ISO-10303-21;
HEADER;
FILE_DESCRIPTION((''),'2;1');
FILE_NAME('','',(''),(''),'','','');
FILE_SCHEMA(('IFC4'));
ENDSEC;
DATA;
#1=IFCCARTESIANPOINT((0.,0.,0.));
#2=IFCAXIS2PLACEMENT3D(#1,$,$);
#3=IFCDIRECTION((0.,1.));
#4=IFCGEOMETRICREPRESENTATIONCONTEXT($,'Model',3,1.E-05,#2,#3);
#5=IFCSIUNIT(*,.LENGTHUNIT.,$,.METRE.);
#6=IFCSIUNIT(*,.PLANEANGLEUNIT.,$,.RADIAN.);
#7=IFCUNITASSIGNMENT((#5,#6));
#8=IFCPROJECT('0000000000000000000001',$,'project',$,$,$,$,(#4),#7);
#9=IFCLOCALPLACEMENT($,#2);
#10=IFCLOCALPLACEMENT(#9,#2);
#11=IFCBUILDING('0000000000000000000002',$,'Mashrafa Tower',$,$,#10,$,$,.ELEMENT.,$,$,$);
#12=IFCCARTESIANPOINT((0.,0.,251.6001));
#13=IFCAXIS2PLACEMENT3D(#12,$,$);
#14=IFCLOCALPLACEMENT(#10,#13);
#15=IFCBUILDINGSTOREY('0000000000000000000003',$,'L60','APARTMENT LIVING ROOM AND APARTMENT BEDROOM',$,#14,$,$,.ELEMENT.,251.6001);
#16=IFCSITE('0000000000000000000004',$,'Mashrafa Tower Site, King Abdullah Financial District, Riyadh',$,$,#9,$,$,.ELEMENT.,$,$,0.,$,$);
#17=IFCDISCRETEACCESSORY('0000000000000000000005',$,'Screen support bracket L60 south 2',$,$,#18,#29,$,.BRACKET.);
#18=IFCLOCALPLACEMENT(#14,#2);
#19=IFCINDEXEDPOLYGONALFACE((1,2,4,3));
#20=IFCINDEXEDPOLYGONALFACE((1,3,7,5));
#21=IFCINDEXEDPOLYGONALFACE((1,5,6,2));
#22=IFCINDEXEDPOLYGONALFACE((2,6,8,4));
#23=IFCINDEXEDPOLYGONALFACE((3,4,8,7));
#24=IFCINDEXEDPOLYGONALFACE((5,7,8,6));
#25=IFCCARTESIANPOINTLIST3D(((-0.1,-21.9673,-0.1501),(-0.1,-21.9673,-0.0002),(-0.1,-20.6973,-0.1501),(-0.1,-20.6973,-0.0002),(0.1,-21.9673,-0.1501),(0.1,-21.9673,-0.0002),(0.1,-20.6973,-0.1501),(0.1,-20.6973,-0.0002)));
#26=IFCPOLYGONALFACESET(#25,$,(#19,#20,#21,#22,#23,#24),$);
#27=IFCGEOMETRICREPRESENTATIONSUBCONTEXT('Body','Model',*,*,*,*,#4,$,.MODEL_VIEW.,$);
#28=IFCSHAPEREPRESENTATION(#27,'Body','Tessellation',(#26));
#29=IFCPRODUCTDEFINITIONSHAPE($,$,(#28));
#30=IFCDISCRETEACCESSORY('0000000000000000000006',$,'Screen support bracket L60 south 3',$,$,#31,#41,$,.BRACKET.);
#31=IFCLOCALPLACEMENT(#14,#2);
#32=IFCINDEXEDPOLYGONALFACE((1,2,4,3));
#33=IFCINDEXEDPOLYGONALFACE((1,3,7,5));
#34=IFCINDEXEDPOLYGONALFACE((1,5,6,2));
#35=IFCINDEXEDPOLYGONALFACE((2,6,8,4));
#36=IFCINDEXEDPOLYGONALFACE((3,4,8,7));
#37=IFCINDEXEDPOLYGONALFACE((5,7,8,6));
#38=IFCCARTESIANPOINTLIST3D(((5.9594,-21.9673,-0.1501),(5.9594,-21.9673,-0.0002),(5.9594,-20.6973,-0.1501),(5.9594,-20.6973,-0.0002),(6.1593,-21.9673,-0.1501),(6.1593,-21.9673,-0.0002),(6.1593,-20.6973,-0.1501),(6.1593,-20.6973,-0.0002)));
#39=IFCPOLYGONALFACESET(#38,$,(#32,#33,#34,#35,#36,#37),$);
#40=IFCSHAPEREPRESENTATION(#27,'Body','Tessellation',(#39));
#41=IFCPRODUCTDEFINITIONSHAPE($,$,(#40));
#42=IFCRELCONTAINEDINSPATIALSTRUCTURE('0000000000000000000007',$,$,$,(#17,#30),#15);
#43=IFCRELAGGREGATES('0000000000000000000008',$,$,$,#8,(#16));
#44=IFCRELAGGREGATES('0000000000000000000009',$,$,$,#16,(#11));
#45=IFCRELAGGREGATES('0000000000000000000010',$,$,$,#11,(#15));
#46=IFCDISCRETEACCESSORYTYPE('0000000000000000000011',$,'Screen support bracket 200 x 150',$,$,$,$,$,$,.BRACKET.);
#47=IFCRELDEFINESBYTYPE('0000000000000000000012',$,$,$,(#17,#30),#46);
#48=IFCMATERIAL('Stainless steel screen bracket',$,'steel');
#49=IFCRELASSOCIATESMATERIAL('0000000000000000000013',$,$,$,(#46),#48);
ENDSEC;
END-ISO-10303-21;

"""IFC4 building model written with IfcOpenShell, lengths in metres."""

from ifc_helpers import new_model, si_unit, direction, frame, origin, origin_2d, place, context, subcontext, project, spatial, rectangle, extrude, source, transform, mapped, material, type_object, type_shapes, element, save


model = new_model("IFC4")

# Units and contexts
model_context = context("Model", 3, precision=1e-05, world=origin(), true_north=direction((0.0, 1.0)))
body_context = subcontext(model_context, "Body", "Model", "MODEL_VIEW")
ifc_project = project(units=[si_unit("LENGTHUNIT", "METRE"), si_unit("PLANEANGLEUNIT", "RADIAN")], contexts=[model_context])

# Site, building, storey
site_placement = place(None, origin())
site = spatial("IfcSite", under=ifc_project, at=site_placement, Name="Mashrafa Tower Site, King Abdullah Financial District, Riyadh", CompositionType="ELEMENT", RefElevation=0.0)
building_placement = place(site_placement, origin())
building = spatial("IfcBuilding", under=site, at=building_placement, Name="Mashrafa Tower", CompositionType="ELEMENT")
storey_placement = place(building_placement, frame((0.0, 0.0, 251.6001)))
storey = spatial("IfcBuildingStorey", under=building, at=storey_placement, Name="L60", Description="APARTMENT LIVING ROOM AND APARTMENT BEDROOM", CompositionType="ELEMENT", Elevation=251.6001)

# Discrete accessories
ifc_material_1 = material(Name="Stainless steel screen bracket", Category="steel")
discrete_accessory_type = type_object("IfcDiscreteAccessoryType", Name="Screen support bracket 200 x 150", PredefinedType="BRACKET", material=ifc_material_1)
shared_shape_1 = source(origin(), body_context, "Body", "SweptSolid", [
    extrude(rectangle(XDim=0.2, YDim=1.27, at=origin_2d()), origin(), (0.0, 0.0, 1.0), 0.1499),
])
type_shapes(discrete_accessory_type, [shared_shape_1])
for number, where, z_axis, x_axis, name in (
    (1, (0.0, -21.3323, -0.1501), (0.0, 0.0, 1.0), (1.0, 0.0, 0.0), "Screen support bracket L60 south 2"),
    (2, (6.0593, -21.3323, -0.1501), (0.0, 0.0, 1.0), (1.0, 0.0, 0.0), "Screen support bracket L60 south 3"),
):
    element("IfcDiscreteAccessory", number, at=place(storey_placement, frame(where, z_axis=z_axis, x_axis=x_axis)), inside=storey, type_object=discrete_accessory_type, Name=name, PredefinedType="BRACKET", context=body_context, shape_type="MappedRepresentation", body=[
        mapped(shared_shape_1, transform((0.0, 0.0, 0.0))),
    ])

save(model, "model.ifc")
